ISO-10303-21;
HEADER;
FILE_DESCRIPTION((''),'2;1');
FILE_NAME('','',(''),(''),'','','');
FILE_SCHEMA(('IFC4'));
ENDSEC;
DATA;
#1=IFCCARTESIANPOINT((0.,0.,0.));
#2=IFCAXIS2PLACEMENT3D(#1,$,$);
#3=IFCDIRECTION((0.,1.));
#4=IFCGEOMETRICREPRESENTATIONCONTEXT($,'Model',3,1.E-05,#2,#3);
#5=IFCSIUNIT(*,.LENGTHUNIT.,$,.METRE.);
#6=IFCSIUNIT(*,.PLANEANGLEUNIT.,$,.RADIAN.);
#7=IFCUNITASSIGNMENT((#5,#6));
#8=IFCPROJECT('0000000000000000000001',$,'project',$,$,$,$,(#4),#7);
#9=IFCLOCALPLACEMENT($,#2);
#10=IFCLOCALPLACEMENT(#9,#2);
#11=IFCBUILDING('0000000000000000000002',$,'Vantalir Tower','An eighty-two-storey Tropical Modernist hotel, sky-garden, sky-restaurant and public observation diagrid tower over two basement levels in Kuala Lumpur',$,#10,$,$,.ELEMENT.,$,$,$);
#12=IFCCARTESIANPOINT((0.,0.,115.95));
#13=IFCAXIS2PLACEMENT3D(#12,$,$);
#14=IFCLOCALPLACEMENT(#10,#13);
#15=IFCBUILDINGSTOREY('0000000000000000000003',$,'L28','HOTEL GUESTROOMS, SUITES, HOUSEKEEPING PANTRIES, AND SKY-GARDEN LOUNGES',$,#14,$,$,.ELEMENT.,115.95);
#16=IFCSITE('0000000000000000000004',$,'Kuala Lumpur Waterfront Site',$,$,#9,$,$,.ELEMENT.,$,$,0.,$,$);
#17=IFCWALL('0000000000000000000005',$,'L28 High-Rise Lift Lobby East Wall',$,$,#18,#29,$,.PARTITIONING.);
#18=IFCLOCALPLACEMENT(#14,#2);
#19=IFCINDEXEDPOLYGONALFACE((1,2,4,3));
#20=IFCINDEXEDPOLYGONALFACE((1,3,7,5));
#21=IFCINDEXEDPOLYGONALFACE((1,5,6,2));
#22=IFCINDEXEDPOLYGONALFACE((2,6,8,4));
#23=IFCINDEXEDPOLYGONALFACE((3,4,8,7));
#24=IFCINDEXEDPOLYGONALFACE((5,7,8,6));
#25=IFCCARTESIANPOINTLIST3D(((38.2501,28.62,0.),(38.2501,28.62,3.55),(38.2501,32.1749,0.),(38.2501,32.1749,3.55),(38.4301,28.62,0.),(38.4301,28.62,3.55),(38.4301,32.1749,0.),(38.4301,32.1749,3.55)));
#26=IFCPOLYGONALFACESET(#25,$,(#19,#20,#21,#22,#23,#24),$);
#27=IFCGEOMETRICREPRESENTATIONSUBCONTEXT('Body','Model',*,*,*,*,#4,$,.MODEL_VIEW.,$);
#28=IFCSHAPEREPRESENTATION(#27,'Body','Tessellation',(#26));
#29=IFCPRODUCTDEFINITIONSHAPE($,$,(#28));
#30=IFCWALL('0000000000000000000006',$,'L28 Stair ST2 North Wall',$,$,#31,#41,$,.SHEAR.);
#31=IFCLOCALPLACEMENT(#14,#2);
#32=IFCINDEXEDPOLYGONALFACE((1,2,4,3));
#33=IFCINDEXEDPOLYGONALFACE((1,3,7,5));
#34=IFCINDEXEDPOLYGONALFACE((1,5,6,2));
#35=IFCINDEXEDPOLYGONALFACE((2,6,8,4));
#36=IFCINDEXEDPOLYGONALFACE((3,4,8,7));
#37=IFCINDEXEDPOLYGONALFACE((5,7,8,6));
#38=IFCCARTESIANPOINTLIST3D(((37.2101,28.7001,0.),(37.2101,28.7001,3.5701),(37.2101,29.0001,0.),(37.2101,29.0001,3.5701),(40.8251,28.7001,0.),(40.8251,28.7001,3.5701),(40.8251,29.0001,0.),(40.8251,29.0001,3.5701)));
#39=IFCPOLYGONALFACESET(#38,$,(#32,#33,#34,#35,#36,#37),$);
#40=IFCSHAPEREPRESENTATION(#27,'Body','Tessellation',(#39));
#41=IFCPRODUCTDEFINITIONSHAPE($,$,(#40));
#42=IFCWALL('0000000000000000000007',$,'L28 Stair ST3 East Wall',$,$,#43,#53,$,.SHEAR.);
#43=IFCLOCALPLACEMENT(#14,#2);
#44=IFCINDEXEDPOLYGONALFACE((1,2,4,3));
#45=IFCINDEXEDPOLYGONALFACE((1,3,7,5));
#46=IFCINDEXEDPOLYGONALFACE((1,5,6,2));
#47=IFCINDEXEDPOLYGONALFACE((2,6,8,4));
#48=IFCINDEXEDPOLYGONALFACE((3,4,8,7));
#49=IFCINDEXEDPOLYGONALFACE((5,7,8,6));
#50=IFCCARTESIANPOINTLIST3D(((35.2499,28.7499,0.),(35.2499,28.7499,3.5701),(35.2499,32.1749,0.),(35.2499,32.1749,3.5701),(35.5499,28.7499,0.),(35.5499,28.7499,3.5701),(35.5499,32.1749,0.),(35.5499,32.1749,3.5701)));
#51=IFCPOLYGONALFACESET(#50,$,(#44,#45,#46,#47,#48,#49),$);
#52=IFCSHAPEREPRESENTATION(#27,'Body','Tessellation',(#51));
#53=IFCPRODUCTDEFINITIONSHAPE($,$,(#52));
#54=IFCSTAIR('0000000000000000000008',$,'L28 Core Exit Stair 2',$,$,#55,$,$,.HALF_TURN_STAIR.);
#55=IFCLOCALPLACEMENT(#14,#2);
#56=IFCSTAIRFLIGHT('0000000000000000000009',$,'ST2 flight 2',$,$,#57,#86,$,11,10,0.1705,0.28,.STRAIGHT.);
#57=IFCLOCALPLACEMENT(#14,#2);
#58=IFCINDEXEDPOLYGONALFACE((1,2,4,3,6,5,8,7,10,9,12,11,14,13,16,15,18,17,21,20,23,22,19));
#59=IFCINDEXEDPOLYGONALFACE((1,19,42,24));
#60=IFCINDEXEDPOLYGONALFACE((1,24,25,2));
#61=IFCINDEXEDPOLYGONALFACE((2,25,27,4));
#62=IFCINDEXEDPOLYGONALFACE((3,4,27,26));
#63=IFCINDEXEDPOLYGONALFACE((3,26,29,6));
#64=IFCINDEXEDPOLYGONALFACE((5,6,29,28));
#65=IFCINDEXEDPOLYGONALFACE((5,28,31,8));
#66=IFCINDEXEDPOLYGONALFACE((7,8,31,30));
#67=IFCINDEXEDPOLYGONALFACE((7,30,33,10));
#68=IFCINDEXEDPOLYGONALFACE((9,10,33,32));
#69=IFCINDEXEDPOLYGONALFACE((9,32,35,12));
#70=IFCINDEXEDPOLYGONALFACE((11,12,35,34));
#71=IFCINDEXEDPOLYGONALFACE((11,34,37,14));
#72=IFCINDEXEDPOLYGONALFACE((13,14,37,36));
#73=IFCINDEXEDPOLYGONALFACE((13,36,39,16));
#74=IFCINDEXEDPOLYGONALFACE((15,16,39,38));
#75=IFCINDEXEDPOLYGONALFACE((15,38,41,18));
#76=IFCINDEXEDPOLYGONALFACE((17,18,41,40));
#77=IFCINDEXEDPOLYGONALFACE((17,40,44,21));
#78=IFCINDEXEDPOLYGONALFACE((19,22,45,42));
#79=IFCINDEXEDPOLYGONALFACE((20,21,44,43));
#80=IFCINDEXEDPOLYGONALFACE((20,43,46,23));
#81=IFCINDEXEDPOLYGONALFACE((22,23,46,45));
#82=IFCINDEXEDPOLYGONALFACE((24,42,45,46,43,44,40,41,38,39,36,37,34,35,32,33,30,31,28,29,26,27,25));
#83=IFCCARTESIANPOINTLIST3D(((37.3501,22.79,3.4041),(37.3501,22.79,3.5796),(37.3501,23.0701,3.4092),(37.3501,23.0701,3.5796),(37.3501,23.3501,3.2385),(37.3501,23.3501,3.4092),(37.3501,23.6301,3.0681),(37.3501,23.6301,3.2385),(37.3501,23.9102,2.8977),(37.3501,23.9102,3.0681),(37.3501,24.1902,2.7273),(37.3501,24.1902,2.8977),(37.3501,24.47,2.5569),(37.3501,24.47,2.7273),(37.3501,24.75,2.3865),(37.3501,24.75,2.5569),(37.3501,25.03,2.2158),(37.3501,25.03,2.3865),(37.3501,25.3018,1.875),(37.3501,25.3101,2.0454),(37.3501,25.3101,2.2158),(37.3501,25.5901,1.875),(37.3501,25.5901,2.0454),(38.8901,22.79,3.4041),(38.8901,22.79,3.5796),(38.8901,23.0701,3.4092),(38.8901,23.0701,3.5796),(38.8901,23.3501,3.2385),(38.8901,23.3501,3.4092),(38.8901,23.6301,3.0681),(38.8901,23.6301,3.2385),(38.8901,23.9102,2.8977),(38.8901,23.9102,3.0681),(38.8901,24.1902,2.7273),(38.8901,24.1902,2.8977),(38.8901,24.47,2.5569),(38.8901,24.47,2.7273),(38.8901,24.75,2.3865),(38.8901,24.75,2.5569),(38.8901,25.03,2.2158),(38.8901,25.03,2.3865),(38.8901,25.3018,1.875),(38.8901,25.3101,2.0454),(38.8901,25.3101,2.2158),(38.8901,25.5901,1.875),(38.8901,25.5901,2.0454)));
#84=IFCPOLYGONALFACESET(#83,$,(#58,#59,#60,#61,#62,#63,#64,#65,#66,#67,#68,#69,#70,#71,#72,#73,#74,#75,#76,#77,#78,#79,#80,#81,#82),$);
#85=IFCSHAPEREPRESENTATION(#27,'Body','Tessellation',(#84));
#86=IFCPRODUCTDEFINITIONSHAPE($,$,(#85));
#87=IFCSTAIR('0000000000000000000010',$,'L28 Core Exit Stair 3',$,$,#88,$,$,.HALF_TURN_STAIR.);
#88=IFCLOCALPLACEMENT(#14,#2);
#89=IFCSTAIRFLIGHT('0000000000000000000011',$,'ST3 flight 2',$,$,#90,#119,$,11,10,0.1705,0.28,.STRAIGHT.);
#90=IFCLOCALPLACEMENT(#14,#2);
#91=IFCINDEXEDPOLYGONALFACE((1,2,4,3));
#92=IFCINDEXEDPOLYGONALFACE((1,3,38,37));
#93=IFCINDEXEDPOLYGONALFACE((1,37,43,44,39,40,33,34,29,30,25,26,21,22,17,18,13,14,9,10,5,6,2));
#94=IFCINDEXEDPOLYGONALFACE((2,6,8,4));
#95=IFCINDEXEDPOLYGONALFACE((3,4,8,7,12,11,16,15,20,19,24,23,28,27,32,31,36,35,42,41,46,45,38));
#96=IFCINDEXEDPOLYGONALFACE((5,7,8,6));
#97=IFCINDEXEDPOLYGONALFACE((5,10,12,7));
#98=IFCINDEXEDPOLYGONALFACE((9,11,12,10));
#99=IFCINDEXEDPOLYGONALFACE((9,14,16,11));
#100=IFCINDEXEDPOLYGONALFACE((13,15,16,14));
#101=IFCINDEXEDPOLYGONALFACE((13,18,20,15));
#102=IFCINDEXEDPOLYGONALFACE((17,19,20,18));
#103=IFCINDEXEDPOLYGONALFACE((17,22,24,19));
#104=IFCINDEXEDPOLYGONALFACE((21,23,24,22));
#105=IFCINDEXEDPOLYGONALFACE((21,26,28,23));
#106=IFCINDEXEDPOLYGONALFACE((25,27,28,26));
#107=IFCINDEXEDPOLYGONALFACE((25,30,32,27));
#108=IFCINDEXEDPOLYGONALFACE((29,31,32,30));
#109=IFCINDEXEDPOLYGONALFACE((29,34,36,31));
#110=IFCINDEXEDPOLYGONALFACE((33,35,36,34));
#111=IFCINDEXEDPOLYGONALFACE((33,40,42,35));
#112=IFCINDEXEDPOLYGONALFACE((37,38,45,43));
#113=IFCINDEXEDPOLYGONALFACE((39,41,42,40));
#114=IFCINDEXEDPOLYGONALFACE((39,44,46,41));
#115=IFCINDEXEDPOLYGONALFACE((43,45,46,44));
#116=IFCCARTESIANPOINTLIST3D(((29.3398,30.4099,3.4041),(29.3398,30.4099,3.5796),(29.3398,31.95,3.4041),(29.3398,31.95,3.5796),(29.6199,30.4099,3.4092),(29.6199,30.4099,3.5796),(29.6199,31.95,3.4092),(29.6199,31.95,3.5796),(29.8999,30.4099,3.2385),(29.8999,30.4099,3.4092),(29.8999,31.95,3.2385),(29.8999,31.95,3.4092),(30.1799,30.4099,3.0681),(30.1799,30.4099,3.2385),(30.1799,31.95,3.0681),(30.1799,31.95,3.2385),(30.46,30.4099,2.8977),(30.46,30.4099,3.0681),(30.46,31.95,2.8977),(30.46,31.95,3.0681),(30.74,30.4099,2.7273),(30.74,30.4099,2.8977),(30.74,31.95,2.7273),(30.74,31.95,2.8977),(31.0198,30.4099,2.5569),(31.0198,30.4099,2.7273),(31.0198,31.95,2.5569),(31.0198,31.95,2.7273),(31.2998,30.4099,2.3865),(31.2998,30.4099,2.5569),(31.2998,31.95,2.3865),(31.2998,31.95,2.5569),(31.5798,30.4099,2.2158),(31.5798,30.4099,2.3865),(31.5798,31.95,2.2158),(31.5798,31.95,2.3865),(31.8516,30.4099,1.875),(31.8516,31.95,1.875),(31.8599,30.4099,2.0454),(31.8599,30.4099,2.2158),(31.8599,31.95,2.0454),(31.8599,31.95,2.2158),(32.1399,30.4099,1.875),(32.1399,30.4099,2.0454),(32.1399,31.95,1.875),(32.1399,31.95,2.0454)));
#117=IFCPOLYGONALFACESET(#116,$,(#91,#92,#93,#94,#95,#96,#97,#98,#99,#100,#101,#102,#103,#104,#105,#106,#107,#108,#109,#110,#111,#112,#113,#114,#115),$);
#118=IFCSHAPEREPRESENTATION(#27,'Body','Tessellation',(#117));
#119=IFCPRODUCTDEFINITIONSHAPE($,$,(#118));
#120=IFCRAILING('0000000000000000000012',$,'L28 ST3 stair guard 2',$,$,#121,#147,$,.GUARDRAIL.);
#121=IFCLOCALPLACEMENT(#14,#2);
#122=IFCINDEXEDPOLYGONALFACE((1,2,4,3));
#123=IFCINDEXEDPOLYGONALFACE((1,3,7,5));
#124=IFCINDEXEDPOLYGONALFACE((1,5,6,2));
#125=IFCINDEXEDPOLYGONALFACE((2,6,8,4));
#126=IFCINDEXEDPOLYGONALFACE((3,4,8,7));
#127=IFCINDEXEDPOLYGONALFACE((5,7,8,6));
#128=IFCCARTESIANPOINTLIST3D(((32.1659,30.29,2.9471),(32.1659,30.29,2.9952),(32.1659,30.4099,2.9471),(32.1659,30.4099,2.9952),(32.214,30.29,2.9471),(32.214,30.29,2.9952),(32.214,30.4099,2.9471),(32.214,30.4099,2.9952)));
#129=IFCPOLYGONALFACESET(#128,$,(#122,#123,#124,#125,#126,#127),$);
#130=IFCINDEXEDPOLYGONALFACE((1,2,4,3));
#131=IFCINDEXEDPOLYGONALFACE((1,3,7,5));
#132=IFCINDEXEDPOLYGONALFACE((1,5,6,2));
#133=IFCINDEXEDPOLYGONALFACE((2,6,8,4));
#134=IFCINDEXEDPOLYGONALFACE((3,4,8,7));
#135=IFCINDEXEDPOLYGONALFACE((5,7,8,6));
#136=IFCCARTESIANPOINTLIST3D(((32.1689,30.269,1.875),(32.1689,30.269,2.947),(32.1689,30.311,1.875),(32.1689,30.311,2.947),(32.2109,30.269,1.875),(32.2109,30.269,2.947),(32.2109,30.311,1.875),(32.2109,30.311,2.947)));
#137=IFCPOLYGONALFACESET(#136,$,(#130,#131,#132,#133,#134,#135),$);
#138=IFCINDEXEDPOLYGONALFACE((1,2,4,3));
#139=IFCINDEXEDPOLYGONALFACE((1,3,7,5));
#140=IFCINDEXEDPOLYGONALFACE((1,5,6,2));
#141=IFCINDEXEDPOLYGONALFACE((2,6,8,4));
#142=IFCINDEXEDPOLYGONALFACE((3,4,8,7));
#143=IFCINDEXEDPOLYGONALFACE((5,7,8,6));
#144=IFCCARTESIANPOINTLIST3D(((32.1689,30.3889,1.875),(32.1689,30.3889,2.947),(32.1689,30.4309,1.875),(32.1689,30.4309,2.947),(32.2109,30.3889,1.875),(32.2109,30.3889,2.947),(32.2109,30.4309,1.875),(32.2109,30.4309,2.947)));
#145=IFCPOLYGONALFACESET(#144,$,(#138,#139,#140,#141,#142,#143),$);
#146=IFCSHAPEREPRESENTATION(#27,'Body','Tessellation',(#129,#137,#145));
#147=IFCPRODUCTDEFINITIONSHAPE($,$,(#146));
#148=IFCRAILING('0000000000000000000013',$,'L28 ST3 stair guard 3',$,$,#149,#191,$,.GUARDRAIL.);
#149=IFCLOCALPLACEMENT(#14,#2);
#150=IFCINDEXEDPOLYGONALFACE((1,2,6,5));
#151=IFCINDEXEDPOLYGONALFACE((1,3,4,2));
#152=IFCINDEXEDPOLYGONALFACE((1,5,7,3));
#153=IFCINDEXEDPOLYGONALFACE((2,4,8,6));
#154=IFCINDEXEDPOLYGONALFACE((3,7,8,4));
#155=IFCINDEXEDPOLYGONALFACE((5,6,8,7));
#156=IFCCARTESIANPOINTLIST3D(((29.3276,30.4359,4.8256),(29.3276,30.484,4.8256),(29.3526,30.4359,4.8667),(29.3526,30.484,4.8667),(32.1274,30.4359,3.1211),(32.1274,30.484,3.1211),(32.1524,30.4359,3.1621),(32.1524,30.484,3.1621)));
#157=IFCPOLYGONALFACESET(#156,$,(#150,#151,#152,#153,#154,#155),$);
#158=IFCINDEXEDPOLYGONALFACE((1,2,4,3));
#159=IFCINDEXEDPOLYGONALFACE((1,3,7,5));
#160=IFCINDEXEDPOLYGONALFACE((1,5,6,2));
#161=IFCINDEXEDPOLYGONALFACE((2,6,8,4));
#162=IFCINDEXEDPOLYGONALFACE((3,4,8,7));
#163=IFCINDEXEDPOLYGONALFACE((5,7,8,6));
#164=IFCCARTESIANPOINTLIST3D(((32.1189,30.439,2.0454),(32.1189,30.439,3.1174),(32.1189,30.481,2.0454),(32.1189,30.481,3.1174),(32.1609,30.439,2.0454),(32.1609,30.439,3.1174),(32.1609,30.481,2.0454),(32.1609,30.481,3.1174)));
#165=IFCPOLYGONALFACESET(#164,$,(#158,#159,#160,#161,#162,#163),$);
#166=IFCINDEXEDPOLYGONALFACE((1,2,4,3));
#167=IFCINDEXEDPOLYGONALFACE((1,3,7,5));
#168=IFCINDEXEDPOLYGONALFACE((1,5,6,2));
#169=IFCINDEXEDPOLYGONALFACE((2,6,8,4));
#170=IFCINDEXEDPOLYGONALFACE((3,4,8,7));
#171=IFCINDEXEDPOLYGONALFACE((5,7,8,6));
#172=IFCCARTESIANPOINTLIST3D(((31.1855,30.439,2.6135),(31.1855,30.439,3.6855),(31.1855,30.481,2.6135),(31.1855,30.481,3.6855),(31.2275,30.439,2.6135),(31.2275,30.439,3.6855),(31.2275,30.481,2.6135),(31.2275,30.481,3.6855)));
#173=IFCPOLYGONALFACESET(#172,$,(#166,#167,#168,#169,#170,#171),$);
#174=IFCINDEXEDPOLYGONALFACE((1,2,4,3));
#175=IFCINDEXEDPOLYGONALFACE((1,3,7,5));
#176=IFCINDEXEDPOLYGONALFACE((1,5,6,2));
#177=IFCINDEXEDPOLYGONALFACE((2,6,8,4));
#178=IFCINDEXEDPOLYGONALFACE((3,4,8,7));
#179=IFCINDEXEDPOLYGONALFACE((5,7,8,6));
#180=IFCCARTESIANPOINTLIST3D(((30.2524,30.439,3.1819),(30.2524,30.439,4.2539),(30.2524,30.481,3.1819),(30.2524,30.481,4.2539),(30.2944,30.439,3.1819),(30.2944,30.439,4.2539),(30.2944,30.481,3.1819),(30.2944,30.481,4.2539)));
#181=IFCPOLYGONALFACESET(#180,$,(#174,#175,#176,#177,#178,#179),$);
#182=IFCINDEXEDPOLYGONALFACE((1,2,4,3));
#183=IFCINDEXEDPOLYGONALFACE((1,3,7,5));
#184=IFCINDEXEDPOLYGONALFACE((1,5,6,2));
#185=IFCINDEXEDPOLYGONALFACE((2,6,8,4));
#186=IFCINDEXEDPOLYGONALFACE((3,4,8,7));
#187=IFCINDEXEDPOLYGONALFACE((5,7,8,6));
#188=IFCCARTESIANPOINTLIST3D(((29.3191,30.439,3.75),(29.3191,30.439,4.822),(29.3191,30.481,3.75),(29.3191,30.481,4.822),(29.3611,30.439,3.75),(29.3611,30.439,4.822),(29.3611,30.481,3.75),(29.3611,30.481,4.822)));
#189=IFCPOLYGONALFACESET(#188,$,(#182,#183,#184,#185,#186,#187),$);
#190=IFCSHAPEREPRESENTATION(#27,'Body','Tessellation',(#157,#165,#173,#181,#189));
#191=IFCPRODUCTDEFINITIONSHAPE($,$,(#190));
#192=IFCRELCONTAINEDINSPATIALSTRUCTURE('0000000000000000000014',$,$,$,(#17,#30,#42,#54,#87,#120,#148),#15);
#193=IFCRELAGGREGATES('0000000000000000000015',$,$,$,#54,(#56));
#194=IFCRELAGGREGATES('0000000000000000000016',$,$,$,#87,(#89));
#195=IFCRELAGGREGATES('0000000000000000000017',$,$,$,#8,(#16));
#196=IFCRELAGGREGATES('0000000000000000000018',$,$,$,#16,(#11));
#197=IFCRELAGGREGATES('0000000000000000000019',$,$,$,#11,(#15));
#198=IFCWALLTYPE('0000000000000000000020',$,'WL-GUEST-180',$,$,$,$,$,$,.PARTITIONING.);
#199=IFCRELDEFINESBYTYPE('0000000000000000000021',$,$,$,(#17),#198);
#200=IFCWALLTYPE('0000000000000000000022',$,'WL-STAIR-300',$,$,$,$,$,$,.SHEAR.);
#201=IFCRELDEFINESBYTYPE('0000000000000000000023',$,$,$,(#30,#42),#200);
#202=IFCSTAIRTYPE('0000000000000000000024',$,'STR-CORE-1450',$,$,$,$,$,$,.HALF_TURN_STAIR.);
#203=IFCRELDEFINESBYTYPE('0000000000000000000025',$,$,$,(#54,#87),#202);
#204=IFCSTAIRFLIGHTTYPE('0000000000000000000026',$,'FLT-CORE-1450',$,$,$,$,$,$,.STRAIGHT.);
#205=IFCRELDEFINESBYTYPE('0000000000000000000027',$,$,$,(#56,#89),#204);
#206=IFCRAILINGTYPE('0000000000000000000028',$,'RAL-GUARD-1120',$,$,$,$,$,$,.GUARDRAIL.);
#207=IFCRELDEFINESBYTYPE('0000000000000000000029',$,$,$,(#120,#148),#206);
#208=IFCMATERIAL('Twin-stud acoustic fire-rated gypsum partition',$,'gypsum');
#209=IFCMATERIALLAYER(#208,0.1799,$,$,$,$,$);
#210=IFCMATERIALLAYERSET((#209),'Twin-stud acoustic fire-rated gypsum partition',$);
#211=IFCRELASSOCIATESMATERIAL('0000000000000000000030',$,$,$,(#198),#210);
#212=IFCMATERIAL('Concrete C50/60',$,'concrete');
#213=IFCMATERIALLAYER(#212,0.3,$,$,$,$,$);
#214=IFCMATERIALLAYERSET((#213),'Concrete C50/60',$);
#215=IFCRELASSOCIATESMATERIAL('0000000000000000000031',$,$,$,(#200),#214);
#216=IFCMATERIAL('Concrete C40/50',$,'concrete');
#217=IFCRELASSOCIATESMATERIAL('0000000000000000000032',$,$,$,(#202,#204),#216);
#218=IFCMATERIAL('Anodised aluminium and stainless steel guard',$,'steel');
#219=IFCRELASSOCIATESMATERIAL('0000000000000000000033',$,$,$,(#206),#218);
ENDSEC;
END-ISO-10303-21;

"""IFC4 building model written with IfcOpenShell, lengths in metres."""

from ifc_helpers import new_model, si_unit, direction, frame, frame_2d, origin, origin_2d, place, context, subcontext, project, spatial, polyline, rectangle, outline, extrude, material, layer, layer_set, type_object, element, aggregate, save


model = new_model("IFC4")

# Units and contexts
model_context = context("Model", 3, precision=1e-05, world=origin(), true_north=direction((0.0, 1.0)))
body_context = subcontext(model_context, "Body", "Model", "MODEL_VIEW")
ifc_project = project(units=[si_unit("LENGTHUNIT", "METRE"), si_unit("PLANEANGLEUNIT", "RADIAN")], contexts=[model_context])

# Site, building, storey
site_placement = place(None, origin())
site = spatial("IfcSite", under=ifc_project, at=site_placement, Name="Kuala Lumpur Waterfront Site", CompositionType="ELEMENT", RefElevation=0.0)
building_placement = place(site_placement, origin())
building = spatial("IfcBuilding", under=site, at=building_placement, Name="Vantalir Tower", Description="An eighty-two-storey Tropical Modernist hotel, sky-garden, sky-restaurant and public observation diagrid tower over two basement levels in Kuala Lumpur", CompositionType="ELEMENT")
storey_placement = place(building_placement, frame((0.0, 0.0, 115.95)))
storey = spatial("IfcBuildingStorey", under=building, at=storey_placement, Name="L28", Description="HOTEL GUESTROOMS, SUITES, HOUSEKEEPING PANTRIES, AND SKY-GARDEN LOUNGES", CompositionType="ELEMENT", Elevation=115.95)

# Walls
ifc_material_1 = material(Name="Twin-stud acoustic fire-rated gypsum partition", Category="gypsum")
ifc_layer_1 = layer(ifc_material_1, 0.1799)
ifc_layer_set_1 = layer_set([ifc_layer_1], Name="Twin-stud acoustic fire-rated gypsum partition")
wall_type_1 = type_object("IfcWallType", Name="WL-GUEST-180", PredefinedType="PARTITIONING", material=ifc_layer_set_1)
wall_1_placement = place(storey_placement, frame((38.3401, 28.6201, 0.0), z_axis=(0.0, 0.0, 1.0), x_axis=(0.0, 1.0, 0.0)))
element("IfcWall", 1, at=wall_1_placement, inside=storey, type_object=wall_type_1, Name="L28 High-Rise Lift Lobby East Wall", PredefinedType="PARTITIONING", context=body_context, shape_type="SweptSolid", body=[
    extrude(rectangle(XDim=3.5549, YDim=0.1799, at=frame_2d((1.7773, 0.0))), origin(), (0.0, 0.0, 1.0), 3.55),
])
ifc_material_2 = material(Name="Concrete C50/60", Category="concrete")
ifc_layer_2 = layer(ifc_material_2, 0.3)
ifc_layer_set_2 = layer_set([ifc_layer_2], Name="Concrete C50/60")
wall_type_2 = type_object("IfcWallType", Name="WL-STAIR-300", PredefinedType="SHEAR", material=ifc_layer_set_2)
wall_2_placement = place(storey_placement, frame((37.21, 28.8501, 0.0), z_axis=(0.0, 0.0, 1.0), x_axis=(1.0, 0.0, 0.0)))
element("IfcWall", 2, at=wall_2_placement, inside=storey, type_object=wall_type_2, Name="L28 Stair ST2 North Wall", PredefinedType="SHEAR", context=body_context, shape_type="SweptSolid", body=[
    extrude(rectangle(XDim=3.615, YDim=0.3, at=frame_2d((1.8076, 0.0))), origin(), (0.0, 0.0, 1.0), 3.5701),
])
wall_3_placement = place(storey_placement, frame((35.3999, 28.75, 0.0), z_axis=(0.0, 0.0, 1.0), x_axis=(0.0, 1.0, 0.0)))
element("IfcWall", 3, at=wall_3_placement, inside=storey, type_object=wall_type_2, Name="L28 Stair ST3 East Wall", PredefinedType="SHEAR", context=body_context, shape_type="SweptSolid", body=[
    extrude(rectangle(XDim=3.425, YDim=0.3, at=frame_2d((1.7124, 0.0))), origin(), (0.0, 0.0, 1.0), 3.5701),
])

# Stairs, stair flights
ifc_material_3 = material(Name="Concrete C40/50", Category="concrete")
stair_type = type_object("IfcStairType", Name="STR-CORE-1450", PredefinedType="HALF_TURN_STAIR", material=ifc_material_3)
stair_1_placement = place(storey_placement, origin())
stair_1 = element("IfcStair", 4, at=stair_1_placement, inside=storey, type_object=stair_type, Name="L28 Core Exit Stair 2", PredefinedType="HALF_TURN_STAIR")
stair_flight_type = type_object("IfcStairFlightType", Name="FLT-CORE-1450", PredefinedType="STRAIGHT", material=ifc_material_3)
stair_flight_1_placement = place(storey_placement, frame((38.1201, 25.5901, 1.875), z_axis=(0.0, 0.0, 1.0), x_axis=(0.0, -1.0, 0.0)))
stair_flight_1 = element("IfcStairFlight", 5, at=stair_flight_1_placement, type_object=stair_flight_type, Name="ST2 flight 2", NumberOfRisers=11, NumberOfTreads=10, PredefinedType="STRAIGHT", RiserHeight=0.1705, TreadLength=0.28, context=body_context, shape_type="SweptSolid", body=[
    extrude(outline(polyline([(0.0, 0.0), (0.0, 0.1704), (0.28, 0.1704), (0.28, 0.3408), (0.5601, 0.3408), (0.5601, 0.5115), (0.8401, 0.5115), (0.8401, 0.6819), (1.1201, 0.6819), (1.1201, 0.8523), (1.3999, 0.8523), (1.3999, 1.0227), (1.6799, 1.0227), (1.6799, 1.1931), (1.96, 1.1931), (1.96, 1.3635), (2.24, 1.3635), (2.24, 1.5342), (2.52, 1.5342), (2.52, 1.7046), (2.8, 1.7046), (2.8, 1.875), (2.8, 1.5291), (0.2883, 0.0), (0.0, 0.0)])), frame((0.0, 0.77, 0.0), z_axis=(0.0, -1.0, 0.0), x_axis=(1.0, 0.0, 0.0)), (0.0, 0.0, 1.0), 1.54),
])
aggregate(stair_1, [stair_flight_1])
stair_2_placement = place(storey_placement, origin())
stair_2 = element("IfcStair", 6, at=stair_2_placement, inside=storey, type_object=stair_type, Name="L28 Core Exit Stair 3", PredefinedType="HALF_TURN_STAIR")
stair_flight_2_placement = place(storey_placement, frame((32.1399, 31.1799, 1.875), z_axis=(0.0, 0.0, 1.0), x_axis=(-1.0, 0.0, 0.0)))
stair_flight_2 = element("IfcStairFlight", 7, at=stair_flight_2_placement, type_object=stair_flight_type, Name="ST3 flight 2", NumberOfRisers=11, NumberOfTreads=10, PredefinedType="STRAIGHT", RiserHeight=0.1705, TreadLength=0.28, context=body_context, shape_type="SweptSolid", body=[
    extrude(outline(polyline([(0.0, 0.0), (0.0, 0.1704), (0.28, 0.1704), (0.28, 0.3408), (0.5601, 0.3408), (0.5601, 0.5115), (0.8401, 0.5115), (0.8401, 0.6819), (1.1201, 0.6819), (1.1201, 0.8523), (1.3999, 0.8523), (1.3999, 1.0227), (1.6799, 1.0227), (1.6799, 1.1931), (1.96, 1.1931), (1.96, 1.3635), (2.24, 1.3635), (2.24, 1.5342), (2.52, 1.5342), (2.52, 1.7046), (2.8, 1.7046), (2.8, 1.875), (2.8, 1.5291), (0.2883, 0.0), (0.0, 0.0)])), frame((0.0, 0.77, 0.0), z_axis=(0.0, -1.0, 0.0), x_axis=(1.0, 0.0, 0.0)), (0.0, 0.0, 1.0), 1.54),
])
aggregate(stair_2, [stair_flight_2])

# Railings
ifc_material_4 = material(Name="Anodised aluminium and stainless steel guard", Category="steel")
railing_type_1 = type_object("IfcRailingType", Name="RAL-GUARD-1120", PredefinedType="GUARDRAIL", material=ifc_material_4)
railing_1_placement = place(storey_placement, frame((32.1899, 30.29, 1.875)))
element("IfcRailing", 8, at=railing_1_placement, inside=storey, type_object=railing_type_1, Name="L28 ST3 stair guard 2", PredefinedType="GUARDRAIL", context=body_context, shape_type="SweptSolid", body=[
    extrude(rectangle(XDim=0.0481, YDim=0.0481, at=origin_2d()), frame((0.0, 0.0, 1.0962), z_axis=(0.0, 1.0, 0.0), x_axis=(-1.0, 0.0, 0.0)), (0.0, 0.0, 1.0), 0.1199),
    extrude(rectangle(XDim=0.042, YDim=0.042, at=origin_2d()), origin(), (0.0, 0.0, 1.0), 1.072),
    extrude(rectangle(XDim=0.042, YDim=0.042, at=origin_2d()), frame((0.0, 0.1199, 0.0)), (0.0, 0.0, 1.0), 1.072),
])
railing_2_placement = place(storey_placement, frame((32.1399, 30.46, 2.0454)))
element("IfcRailing", 9, at=railing_2_placement, inside=storey, type_object=railing_type_1, Name="L28 ST3 stair guard 3", PredefinedType="GUARDRAIL", context=body_context, shape_type="SweptSolid", body=[
    extrude(rectangle(XDim=0.0481, YDim=0.0481, at=origin_2d()), frame((0.0, 0.0, 1.0962), z_axis=(-0.85415, 0.0, 0.520027), x_axis=(0.0, -1.0, 0.0)), (0.0, 0.0, 1.0), 3.2778),
    extrude(rectangle(XDim=0.042, YDim=0.042, at=origin_2d()), origin(), (0.0, 0.0, 1.0), 1.072),
    extrude(rectangle(XDim=0.042, YDim=0.042, at=origin_2d()), frame((-0.9333, 0.0, 0.5681)), (0.0, 0.0, 1.0), 1.072),
    extrude(rectangle(XDim=0.042, YDim=0.042, at=origin_2d()), frame((-1.8665, 0.0, 1.1365)), (0.0, 0.0, 1.0), 1.072),
    extrude(rectangle(XDim=0.042, YDim=0.042, at=origin_2d()), frame((-2.7998, 0.0, 1.7046)), (0.0, 0.0, 1.0), 1.072),
])

save(model, "model.ifc")
